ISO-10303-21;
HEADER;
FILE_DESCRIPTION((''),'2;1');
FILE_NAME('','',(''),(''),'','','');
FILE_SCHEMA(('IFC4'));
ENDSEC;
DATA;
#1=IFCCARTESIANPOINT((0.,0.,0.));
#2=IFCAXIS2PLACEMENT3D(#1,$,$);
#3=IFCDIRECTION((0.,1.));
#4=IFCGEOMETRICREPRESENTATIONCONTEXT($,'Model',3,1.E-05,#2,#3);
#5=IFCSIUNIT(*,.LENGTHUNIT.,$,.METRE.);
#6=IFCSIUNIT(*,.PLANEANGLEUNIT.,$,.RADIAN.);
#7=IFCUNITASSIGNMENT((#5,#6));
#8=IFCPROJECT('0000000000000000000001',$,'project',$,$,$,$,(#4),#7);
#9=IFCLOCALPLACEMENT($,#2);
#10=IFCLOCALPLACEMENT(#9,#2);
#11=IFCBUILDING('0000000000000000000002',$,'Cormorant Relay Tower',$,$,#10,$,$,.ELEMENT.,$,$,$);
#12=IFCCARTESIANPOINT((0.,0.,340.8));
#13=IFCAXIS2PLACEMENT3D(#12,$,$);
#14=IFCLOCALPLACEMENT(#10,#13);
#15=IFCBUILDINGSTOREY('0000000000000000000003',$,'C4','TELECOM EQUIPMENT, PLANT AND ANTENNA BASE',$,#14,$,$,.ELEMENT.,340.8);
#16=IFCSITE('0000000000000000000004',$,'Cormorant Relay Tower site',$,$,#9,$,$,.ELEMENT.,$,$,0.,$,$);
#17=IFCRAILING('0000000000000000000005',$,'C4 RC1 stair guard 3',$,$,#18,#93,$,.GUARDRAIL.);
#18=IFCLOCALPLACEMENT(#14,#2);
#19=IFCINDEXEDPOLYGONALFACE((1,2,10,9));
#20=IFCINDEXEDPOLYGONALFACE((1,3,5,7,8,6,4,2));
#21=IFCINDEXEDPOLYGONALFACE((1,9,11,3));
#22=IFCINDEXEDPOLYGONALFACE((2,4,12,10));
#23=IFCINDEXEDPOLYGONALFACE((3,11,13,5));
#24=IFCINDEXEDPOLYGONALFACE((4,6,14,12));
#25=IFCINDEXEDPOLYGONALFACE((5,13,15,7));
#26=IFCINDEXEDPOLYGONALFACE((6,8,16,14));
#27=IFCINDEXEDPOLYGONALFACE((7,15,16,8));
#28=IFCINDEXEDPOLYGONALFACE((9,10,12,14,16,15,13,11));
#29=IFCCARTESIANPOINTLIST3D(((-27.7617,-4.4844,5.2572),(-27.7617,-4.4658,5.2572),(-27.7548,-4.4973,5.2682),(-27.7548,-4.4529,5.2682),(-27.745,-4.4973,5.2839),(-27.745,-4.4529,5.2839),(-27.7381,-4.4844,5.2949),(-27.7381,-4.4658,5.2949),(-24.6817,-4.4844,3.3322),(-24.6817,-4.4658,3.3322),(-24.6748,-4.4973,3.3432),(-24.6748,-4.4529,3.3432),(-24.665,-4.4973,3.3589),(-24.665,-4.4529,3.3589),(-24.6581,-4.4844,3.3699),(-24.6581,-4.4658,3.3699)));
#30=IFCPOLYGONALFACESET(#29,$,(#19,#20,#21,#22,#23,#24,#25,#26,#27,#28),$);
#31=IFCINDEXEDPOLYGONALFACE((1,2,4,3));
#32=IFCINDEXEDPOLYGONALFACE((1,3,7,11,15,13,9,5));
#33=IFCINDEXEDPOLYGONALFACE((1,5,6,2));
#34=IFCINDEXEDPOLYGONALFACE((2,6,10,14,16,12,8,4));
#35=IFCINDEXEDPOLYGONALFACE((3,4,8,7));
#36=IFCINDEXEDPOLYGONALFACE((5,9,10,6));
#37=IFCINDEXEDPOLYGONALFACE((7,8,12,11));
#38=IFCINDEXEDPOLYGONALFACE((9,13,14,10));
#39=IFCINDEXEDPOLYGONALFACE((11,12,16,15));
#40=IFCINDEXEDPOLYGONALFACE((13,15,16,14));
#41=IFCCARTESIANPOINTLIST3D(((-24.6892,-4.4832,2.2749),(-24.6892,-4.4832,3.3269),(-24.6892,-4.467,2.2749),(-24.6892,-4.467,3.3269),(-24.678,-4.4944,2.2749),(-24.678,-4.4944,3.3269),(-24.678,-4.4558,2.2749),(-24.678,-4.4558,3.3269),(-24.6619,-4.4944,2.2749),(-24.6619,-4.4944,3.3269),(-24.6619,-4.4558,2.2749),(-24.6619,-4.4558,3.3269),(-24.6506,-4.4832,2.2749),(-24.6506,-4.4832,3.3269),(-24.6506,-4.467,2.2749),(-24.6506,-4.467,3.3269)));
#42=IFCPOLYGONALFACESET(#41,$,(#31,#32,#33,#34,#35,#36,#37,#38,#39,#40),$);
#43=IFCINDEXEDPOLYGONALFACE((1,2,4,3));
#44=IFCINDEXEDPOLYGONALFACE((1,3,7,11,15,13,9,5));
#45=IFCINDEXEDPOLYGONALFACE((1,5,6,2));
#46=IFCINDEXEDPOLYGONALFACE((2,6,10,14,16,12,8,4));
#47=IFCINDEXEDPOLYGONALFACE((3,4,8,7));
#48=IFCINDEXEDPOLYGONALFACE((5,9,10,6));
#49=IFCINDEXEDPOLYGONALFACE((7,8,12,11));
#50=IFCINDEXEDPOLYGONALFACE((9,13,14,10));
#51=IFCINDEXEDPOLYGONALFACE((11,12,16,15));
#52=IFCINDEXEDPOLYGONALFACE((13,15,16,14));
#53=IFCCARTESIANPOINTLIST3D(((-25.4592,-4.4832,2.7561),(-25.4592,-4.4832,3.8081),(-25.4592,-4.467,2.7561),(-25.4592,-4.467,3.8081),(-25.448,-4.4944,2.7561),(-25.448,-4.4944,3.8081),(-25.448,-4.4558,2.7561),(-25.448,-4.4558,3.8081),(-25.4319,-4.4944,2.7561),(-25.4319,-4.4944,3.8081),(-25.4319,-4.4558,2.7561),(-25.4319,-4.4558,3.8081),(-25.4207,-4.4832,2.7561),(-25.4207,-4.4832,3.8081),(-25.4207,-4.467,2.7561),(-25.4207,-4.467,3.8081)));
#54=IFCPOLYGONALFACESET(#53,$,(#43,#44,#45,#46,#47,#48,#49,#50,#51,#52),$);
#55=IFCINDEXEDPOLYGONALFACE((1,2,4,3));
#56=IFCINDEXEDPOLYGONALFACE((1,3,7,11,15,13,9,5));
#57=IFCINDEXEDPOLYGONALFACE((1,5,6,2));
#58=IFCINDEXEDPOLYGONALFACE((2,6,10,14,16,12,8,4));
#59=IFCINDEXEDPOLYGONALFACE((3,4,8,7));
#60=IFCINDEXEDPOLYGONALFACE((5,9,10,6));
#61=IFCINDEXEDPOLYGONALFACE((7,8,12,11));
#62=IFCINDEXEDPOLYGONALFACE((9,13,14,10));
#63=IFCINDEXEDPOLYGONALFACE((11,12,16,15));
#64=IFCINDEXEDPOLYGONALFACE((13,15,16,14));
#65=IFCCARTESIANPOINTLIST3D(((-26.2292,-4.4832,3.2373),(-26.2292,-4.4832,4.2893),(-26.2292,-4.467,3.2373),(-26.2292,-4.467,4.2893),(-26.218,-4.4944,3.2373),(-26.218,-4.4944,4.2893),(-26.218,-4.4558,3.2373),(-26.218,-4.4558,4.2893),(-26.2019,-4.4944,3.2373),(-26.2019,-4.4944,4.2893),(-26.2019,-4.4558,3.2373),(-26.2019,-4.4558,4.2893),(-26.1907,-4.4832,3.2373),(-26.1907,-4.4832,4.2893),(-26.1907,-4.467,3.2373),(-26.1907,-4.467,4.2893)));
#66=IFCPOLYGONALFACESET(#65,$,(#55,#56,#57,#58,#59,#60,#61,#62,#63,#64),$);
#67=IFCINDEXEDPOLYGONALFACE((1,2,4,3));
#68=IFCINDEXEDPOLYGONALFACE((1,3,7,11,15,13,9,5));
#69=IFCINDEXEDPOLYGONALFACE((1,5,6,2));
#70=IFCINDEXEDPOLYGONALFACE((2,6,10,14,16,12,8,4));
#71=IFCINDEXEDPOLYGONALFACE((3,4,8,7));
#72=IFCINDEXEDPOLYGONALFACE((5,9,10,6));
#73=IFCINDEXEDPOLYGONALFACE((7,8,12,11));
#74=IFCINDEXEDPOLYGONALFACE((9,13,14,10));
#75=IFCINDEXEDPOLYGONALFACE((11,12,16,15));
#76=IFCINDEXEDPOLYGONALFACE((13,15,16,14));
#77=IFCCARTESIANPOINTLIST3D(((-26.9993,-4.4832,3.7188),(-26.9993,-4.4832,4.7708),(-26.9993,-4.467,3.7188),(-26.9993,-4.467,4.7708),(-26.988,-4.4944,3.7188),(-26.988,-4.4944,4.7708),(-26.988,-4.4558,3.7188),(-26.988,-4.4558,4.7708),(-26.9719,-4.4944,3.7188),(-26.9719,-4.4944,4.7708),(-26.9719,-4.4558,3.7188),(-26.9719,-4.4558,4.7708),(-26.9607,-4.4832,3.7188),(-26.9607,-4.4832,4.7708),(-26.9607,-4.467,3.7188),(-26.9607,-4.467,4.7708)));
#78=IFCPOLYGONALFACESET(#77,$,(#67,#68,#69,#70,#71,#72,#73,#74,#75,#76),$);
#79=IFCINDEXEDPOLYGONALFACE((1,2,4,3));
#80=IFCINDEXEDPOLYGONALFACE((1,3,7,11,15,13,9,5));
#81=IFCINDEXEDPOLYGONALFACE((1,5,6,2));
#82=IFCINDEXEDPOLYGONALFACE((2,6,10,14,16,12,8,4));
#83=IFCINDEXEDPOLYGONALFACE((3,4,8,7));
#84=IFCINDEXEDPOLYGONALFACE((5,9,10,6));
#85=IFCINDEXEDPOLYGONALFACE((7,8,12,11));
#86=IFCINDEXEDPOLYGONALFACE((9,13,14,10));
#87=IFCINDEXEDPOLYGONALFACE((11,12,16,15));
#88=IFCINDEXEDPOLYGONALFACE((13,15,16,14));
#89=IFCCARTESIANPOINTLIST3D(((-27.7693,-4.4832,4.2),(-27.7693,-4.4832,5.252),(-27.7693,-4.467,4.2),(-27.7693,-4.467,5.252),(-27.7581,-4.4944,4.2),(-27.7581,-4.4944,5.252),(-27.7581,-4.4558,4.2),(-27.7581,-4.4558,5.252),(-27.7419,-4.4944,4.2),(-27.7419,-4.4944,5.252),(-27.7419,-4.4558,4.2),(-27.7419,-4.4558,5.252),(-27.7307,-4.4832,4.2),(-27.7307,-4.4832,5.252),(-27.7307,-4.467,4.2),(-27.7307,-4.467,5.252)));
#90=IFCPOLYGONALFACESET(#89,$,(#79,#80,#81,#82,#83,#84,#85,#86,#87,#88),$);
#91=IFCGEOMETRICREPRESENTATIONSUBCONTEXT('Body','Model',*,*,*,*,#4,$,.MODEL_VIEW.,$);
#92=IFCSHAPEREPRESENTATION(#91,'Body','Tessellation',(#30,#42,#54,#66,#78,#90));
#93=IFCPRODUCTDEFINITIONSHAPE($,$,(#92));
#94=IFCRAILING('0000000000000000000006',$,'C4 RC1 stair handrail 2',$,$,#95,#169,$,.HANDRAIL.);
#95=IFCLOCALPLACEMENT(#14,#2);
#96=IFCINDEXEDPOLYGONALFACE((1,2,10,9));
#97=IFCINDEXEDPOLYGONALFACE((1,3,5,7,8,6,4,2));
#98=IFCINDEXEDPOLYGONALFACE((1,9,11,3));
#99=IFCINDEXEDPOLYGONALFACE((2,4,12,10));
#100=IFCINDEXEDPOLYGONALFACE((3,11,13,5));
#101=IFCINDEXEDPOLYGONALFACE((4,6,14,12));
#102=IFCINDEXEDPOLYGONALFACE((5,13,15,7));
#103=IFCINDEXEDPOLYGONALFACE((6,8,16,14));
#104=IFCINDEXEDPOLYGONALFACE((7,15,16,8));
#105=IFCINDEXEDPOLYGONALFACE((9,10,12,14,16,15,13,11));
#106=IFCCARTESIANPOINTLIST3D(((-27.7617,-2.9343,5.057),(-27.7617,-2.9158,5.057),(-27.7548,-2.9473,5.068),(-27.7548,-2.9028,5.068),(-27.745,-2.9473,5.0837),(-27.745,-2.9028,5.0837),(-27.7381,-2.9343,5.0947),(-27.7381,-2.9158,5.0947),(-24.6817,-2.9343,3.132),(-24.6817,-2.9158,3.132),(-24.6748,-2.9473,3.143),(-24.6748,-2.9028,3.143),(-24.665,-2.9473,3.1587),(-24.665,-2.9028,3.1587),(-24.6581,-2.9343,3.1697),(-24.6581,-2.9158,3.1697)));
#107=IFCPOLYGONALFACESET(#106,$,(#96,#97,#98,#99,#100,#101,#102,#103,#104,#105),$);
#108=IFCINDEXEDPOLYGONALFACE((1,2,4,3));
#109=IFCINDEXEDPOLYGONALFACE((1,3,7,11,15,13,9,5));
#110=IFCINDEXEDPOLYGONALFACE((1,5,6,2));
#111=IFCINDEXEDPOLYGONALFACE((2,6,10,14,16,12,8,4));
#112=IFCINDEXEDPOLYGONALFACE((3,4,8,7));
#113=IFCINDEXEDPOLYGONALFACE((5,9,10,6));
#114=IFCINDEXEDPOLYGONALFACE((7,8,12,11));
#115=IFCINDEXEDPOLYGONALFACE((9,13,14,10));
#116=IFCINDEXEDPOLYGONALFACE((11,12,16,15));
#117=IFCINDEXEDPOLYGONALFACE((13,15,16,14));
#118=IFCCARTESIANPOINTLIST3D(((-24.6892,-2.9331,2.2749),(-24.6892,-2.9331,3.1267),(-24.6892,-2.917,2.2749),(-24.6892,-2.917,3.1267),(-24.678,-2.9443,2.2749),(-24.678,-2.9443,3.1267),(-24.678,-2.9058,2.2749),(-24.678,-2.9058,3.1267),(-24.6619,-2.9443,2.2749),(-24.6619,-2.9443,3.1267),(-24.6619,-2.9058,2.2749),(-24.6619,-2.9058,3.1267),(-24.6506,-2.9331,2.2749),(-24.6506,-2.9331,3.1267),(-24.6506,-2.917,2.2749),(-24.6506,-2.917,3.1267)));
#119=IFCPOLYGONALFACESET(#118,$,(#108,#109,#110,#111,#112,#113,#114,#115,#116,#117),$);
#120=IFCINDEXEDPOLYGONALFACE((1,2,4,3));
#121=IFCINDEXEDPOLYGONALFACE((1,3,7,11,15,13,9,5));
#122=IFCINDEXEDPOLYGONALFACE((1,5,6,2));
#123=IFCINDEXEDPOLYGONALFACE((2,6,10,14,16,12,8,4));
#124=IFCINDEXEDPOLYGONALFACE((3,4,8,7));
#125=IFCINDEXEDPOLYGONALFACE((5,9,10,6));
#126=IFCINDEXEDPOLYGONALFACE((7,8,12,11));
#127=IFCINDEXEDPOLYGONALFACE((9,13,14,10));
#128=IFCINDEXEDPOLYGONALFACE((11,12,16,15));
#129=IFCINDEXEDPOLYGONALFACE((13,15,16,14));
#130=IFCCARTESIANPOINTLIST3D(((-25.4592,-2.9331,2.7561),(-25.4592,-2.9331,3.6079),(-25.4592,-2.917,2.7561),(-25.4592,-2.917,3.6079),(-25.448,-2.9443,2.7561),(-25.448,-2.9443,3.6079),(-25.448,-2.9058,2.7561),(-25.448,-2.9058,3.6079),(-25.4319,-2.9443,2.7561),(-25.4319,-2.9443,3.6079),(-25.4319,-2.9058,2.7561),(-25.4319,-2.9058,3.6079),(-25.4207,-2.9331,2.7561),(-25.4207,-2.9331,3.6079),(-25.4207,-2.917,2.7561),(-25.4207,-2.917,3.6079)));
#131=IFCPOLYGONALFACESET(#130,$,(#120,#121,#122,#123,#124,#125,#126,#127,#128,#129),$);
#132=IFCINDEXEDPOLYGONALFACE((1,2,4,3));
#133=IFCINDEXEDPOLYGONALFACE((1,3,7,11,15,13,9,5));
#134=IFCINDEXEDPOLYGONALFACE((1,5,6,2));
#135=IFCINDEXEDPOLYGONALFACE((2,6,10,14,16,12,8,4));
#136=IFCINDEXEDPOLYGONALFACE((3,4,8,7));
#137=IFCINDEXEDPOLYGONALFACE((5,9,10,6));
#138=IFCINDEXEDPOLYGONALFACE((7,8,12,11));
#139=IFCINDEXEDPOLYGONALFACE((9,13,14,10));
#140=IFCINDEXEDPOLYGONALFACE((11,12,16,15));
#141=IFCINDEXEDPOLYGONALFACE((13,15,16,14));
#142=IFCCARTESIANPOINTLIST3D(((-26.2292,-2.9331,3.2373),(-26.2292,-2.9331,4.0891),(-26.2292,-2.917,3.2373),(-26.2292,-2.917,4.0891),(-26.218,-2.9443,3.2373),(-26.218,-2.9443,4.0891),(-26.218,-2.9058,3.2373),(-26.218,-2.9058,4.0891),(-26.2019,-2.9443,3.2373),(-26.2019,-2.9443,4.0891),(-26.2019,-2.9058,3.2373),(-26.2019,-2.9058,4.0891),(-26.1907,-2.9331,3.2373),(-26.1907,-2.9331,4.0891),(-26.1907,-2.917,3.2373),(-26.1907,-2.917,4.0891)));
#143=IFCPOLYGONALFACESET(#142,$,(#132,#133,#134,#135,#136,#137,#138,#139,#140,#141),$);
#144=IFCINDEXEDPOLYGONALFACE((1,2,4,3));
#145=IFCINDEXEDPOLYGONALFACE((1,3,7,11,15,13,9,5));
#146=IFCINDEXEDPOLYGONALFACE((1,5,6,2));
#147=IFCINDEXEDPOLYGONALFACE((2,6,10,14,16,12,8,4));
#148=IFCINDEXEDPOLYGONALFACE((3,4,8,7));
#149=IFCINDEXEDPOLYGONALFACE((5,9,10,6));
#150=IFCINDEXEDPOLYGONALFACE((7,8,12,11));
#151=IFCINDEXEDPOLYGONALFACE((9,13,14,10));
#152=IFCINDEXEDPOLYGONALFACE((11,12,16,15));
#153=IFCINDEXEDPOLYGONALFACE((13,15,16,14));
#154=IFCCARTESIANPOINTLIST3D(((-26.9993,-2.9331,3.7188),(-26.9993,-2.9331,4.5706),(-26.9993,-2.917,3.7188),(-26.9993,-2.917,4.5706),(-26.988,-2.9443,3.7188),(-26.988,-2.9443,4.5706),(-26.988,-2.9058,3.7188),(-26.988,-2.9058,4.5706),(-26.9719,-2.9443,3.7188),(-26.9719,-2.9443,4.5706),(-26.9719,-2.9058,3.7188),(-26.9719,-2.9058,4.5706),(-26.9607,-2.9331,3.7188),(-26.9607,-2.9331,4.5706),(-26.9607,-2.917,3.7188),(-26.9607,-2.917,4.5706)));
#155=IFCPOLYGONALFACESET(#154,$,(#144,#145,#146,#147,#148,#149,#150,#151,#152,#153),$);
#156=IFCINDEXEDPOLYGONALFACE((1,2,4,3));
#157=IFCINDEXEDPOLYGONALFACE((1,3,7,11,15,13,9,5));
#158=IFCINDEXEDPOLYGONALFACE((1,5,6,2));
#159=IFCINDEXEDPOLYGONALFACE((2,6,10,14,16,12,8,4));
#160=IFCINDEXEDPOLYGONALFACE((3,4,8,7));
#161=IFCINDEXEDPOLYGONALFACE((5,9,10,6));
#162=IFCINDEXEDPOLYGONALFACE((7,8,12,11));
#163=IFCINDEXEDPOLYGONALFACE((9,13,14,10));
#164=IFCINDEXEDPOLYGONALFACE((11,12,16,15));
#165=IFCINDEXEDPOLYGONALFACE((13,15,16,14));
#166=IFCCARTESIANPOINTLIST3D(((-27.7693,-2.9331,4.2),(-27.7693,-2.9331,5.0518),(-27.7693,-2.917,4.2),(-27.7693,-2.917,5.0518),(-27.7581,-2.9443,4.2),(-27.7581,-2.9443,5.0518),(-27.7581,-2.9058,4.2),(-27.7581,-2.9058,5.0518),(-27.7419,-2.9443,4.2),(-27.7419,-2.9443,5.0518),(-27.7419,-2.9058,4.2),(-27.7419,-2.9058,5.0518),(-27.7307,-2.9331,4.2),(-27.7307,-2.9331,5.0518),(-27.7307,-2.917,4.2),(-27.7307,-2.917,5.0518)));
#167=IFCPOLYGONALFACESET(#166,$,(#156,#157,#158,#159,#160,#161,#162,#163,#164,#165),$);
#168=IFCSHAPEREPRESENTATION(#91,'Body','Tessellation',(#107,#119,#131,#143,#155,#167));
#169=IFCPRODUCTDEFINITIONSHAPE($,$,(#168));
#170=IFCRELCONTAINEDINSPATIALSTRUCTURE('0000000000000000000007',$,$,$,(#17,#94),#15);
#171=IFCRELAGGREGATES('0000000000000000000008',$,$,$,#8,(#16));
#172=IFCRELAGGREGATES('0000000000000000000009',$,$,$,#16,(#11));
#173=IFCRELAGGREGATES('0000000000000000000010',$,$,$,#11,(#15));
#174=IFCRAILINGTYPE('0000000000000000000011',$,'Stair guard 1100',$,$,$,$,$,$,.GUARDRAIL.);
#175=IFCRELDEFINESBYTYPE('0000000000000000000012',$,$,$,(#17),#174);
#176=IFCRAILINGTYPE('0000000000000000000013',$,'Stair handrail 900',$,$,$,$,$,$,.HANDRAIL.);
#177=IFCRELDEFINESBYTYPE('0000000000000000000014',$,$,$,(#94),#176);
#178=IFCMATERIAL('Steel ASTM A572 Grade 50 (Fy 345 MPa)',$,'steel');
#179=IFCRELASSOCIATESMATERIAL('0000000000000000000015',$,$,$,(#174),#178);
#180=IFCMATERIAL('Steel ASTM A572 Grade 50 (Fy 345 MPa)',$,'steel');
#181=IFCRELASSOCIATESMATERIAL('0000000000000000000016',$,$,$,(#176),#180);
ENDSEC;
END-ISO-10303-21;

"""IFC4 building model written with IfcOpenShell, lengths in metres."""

from ifc_helpers import new_model, si_unit, direction, frame, origin, place, context, subcontext, project, spatial, polyline, outline, extrude, material, type_object, element, save


model = new_model("IFC4")

# Units and contexts
model_context = context("Model", 3, precision=1e-05, world=origin(), true_north=direction((0.0, 1.0)))
body_context = subcontext(model_context, "Body", "Model", "MODEL_VIEW")
ifc_project = project(units=[si_unit("LENGTHUNIT", "METRE"), si_unit("PLANEANGLEUNIT", "RADIAN")], contexts=[model_context])

# Site, building, storey
site_placement = place(None, origin())
site = spatial("IfcSite", under=ifc_project, at=site_placement, Name="Cormorant Relay Tower site", CompositionType="ELEMENT", RefElevation=0.0)
building_placement = place(site_placement, origin())
building = spatial("IfcBuilding", under=site, at=building_placement, Name="Cormorant Relay Tower", CompositionType="ELEMENT")
storey_placement = place(building_placement, frame((0.0, 0.0, 340.8)))
storey = spatial("IfcBuildingStorey", under=building, at=storey_placement, Name="C4", Description="TELECOM EQUIPMENT, PLANT AND ANTENNA BASE", CompositionType="ELEMENT", Elevation=340.8)

# Railings
ifc_material_1 = material(Name="Steel ASTM A572 Grade 50 (Fy 345 MPa)", Category="steel")
railing_type_1 = type_object("IfcRailingType", Name="Stair guard 1100", PredefinedType="GUARDRAIL", material=ifc_material_1)
railing_1_placement = place(storey_placement, frame((-24.6699, -4.4751, 2.2749)))
element("IfcRailing", 1, at=railing_1_placement, inside=storey, type_object=railing_type_1, Name="C4 RC1 stair guard 3", PredefinedType="GUARDRAIL", context=body_context, shape_type="SweptSolid", body=[
    extrude(outline(polyline([(0.0222, 0.0093), (0.0093, 0.0222), (-0.0093, 0.0222), (-0.0222, 0.0093), (-0.0222, -0.0093), (-0.0093, -0.0222), (0.0093, -0.0222), (0.0222, -0.0093), (0.0222, 0.0093)])), frame((0.0, 0.0, 1.0762), z_axis=(-0.847998, 0.0, 0.529999), x_axis=(0.0, -1.0, 0.0)), (0.0, 0.0, 1.0), 3.6321),
    extrude(outline(polyline([(0.0193, 0.0081), (0.0081, 0.0193), (-0.0081, 0.0193), (-0.0193, 0.0081), (-0.0193, -0.0081), (-0.0081, -0.0193), (0.0081, -0.0193), (0.0193, -0.0081), (0.0193, 0.0081)])), origin(), (0.0, 0.0, 1.0), 1.052),
    extrude(outline(polyline([(0.0193, 0.0081), (0.0081, 0.0193), (-0.0081, 0.0193), (-0.0193, 0.0081), (-0.0193, -0.0081), (-0.0081, -0.0193), (0.0081, -0.0193), (0.0193, -0.0081), (0.0193, 0.0081)])), frame((-0.77, 0.0, 0.4812)), (0.0, 0.0, 1.0), 1.052),
    extrude(outline(polyline([(0.0193, 0.0081), (0.0081, 0.0193), (-0.0081, 0.0193), (-0.0193, 0.0081), (-0.0193, -0.0081), (-0.0081, -0.0193), (0.0081, -0.0193), (0.0193, -0.0081), (0.0193, 0.0081)])), frame((-1.54, 0.0, 0.9624)), (0.0, 0.0, 1.0), 1.052),
    extrude(outline(polyline([(0.0193, 0.0081), (0.0081, 0.0193), (-0.0081, 0.0193), (-0.0193, 0.0081), (-0.0193, -0.0081), (-0.0081, -0.0193), (0.0081, -0.0193), (0.0193, -0.0081), (0.0193, 0.0081)])), frame((-2.3101, 0.0, 1.4438)), (0.0, 0.0, 1.0), 1.052),
    extrude(outline(polyline([(0.0193, 0.0081), (0.0081, 0.0193), (-0.0081, 0.0193), (-0.0193, 0.0081), (-0.0193, -0.0081), (-0.0081, -0.0193), (0.0081, -0.0193), (0.0193, -0.0081), (0.0193, 0.0081)])), frame((-3.0801, 0.0, 1.925)), (0.0, 0.0, 1.0), 1.052),
])
ifc_material_2 = material(Name="Steel ASTM A572 Grade 50 (Fy 345 MPa)", Category="steel")
railing_type_2 = type_object("IfcRailingType", Name="Stair handrail 900", PredefinedType="HANDRAIL", material=ifc_material_2)
railing_2_placement = place(storey_placement, frame((-24.6699, -2.925, 2.2749)))
element("IfcRailing", 2, at=railing_2_placement, inside=storey, type_object=railing_type_2, Name="C4 RC1 stair handrail 2", PredefinedType="HANDRAIL", context=body_context, shape_type="SweptSolid", body=[
    extrude(outline(polyline([(0.0222, 0.0093), (0.0093, 0.0222), (-0.0093, 0.0222), (-0.0222, 0.0093), (-0.0222, -0.0093), (-0.0093, -0.0222), (0.0093, -0.0222), (0.0222, -0.0093), (0.0222, 0.0093)])), frame((0.0, 0.0, 0.876), z_axis=(-0.847998, 0.0, 0.529999), x_axis=(0.0, -1.0, 0.0)), (0.0, 0.0, 1.0), 3.6321),
    extrude(outline(polyline([(0.0193, 0.0081), (0.0081, 0.0193), (-0.0081, 0.0193), (-0.0193, 0.0081), (-0.0193, -0.0081), (-0.0081, -0.0193), (0.0081, -0.0193), (0.0193, -0.0081), (0.0193, 0.0081)])), origin(), (0.0, 0.0, 1.0), 0.8518),
    extrude(outline(polyline([(0.0193, 0.0081), (0.0081, 0.0193), (-0.0081, 0.0193), (-0.0193, 0.0081), (-0.0193, -0.0081), (-0.0081, -0.0193), (0.0081, -0.0193), (0.0193, -0.0081), (0.0193, 0.0081)])), frame((-0.77, 0.0, 0.4812)), (0.0, 0.0, 1.0), 0.8518),
    extrude(outline(polyline([(0.0193, 0.0081), (0.0081, 0.0193), (-0.0081, 0.0193), (-0.0193, 0.0081), (-0.0193, -0.0081), (-0.0081, -0.0193), (0.0081, -0.0193), (0.0193, -0.0081), (0.0193, 0.0081)])), frame((-1.54, 0.0, 0.9624)), (0.0, 0.0, 1.0), 0.8518),
    extrude(outline(polyline([(0.0193, 0.0081), (0.0081, 0.0193), (-0.0081, 0.0193), (-0.0193, 0.0081), (-0.0193, -0.0081), (-0.0081, -0.0193), (0.0081, -0.0193), (0.0193, -0.0081), (0.0193, 0.0081)])), frame((-2.3101, 0.0, 1.4438)), (0.0, 0.0, 1.0), 0.8518),
    extrude(outline(polyline([(0.0193, 0.0081), (0.0081, 0.0193), (-0.0081, 0.0193), (-0.0193, 0.0081), (-0.0193, -0.0081), (-0.0081, -0.0193), (0.0081, -0.0193), (0.0193, -0.0081), (0.0193, 0.0081)])), frame((-3.0801, 0.0, 1.925)), (0.0, 0.0, 1.0), 0.8518),
])

save(model, "model.ifc")
